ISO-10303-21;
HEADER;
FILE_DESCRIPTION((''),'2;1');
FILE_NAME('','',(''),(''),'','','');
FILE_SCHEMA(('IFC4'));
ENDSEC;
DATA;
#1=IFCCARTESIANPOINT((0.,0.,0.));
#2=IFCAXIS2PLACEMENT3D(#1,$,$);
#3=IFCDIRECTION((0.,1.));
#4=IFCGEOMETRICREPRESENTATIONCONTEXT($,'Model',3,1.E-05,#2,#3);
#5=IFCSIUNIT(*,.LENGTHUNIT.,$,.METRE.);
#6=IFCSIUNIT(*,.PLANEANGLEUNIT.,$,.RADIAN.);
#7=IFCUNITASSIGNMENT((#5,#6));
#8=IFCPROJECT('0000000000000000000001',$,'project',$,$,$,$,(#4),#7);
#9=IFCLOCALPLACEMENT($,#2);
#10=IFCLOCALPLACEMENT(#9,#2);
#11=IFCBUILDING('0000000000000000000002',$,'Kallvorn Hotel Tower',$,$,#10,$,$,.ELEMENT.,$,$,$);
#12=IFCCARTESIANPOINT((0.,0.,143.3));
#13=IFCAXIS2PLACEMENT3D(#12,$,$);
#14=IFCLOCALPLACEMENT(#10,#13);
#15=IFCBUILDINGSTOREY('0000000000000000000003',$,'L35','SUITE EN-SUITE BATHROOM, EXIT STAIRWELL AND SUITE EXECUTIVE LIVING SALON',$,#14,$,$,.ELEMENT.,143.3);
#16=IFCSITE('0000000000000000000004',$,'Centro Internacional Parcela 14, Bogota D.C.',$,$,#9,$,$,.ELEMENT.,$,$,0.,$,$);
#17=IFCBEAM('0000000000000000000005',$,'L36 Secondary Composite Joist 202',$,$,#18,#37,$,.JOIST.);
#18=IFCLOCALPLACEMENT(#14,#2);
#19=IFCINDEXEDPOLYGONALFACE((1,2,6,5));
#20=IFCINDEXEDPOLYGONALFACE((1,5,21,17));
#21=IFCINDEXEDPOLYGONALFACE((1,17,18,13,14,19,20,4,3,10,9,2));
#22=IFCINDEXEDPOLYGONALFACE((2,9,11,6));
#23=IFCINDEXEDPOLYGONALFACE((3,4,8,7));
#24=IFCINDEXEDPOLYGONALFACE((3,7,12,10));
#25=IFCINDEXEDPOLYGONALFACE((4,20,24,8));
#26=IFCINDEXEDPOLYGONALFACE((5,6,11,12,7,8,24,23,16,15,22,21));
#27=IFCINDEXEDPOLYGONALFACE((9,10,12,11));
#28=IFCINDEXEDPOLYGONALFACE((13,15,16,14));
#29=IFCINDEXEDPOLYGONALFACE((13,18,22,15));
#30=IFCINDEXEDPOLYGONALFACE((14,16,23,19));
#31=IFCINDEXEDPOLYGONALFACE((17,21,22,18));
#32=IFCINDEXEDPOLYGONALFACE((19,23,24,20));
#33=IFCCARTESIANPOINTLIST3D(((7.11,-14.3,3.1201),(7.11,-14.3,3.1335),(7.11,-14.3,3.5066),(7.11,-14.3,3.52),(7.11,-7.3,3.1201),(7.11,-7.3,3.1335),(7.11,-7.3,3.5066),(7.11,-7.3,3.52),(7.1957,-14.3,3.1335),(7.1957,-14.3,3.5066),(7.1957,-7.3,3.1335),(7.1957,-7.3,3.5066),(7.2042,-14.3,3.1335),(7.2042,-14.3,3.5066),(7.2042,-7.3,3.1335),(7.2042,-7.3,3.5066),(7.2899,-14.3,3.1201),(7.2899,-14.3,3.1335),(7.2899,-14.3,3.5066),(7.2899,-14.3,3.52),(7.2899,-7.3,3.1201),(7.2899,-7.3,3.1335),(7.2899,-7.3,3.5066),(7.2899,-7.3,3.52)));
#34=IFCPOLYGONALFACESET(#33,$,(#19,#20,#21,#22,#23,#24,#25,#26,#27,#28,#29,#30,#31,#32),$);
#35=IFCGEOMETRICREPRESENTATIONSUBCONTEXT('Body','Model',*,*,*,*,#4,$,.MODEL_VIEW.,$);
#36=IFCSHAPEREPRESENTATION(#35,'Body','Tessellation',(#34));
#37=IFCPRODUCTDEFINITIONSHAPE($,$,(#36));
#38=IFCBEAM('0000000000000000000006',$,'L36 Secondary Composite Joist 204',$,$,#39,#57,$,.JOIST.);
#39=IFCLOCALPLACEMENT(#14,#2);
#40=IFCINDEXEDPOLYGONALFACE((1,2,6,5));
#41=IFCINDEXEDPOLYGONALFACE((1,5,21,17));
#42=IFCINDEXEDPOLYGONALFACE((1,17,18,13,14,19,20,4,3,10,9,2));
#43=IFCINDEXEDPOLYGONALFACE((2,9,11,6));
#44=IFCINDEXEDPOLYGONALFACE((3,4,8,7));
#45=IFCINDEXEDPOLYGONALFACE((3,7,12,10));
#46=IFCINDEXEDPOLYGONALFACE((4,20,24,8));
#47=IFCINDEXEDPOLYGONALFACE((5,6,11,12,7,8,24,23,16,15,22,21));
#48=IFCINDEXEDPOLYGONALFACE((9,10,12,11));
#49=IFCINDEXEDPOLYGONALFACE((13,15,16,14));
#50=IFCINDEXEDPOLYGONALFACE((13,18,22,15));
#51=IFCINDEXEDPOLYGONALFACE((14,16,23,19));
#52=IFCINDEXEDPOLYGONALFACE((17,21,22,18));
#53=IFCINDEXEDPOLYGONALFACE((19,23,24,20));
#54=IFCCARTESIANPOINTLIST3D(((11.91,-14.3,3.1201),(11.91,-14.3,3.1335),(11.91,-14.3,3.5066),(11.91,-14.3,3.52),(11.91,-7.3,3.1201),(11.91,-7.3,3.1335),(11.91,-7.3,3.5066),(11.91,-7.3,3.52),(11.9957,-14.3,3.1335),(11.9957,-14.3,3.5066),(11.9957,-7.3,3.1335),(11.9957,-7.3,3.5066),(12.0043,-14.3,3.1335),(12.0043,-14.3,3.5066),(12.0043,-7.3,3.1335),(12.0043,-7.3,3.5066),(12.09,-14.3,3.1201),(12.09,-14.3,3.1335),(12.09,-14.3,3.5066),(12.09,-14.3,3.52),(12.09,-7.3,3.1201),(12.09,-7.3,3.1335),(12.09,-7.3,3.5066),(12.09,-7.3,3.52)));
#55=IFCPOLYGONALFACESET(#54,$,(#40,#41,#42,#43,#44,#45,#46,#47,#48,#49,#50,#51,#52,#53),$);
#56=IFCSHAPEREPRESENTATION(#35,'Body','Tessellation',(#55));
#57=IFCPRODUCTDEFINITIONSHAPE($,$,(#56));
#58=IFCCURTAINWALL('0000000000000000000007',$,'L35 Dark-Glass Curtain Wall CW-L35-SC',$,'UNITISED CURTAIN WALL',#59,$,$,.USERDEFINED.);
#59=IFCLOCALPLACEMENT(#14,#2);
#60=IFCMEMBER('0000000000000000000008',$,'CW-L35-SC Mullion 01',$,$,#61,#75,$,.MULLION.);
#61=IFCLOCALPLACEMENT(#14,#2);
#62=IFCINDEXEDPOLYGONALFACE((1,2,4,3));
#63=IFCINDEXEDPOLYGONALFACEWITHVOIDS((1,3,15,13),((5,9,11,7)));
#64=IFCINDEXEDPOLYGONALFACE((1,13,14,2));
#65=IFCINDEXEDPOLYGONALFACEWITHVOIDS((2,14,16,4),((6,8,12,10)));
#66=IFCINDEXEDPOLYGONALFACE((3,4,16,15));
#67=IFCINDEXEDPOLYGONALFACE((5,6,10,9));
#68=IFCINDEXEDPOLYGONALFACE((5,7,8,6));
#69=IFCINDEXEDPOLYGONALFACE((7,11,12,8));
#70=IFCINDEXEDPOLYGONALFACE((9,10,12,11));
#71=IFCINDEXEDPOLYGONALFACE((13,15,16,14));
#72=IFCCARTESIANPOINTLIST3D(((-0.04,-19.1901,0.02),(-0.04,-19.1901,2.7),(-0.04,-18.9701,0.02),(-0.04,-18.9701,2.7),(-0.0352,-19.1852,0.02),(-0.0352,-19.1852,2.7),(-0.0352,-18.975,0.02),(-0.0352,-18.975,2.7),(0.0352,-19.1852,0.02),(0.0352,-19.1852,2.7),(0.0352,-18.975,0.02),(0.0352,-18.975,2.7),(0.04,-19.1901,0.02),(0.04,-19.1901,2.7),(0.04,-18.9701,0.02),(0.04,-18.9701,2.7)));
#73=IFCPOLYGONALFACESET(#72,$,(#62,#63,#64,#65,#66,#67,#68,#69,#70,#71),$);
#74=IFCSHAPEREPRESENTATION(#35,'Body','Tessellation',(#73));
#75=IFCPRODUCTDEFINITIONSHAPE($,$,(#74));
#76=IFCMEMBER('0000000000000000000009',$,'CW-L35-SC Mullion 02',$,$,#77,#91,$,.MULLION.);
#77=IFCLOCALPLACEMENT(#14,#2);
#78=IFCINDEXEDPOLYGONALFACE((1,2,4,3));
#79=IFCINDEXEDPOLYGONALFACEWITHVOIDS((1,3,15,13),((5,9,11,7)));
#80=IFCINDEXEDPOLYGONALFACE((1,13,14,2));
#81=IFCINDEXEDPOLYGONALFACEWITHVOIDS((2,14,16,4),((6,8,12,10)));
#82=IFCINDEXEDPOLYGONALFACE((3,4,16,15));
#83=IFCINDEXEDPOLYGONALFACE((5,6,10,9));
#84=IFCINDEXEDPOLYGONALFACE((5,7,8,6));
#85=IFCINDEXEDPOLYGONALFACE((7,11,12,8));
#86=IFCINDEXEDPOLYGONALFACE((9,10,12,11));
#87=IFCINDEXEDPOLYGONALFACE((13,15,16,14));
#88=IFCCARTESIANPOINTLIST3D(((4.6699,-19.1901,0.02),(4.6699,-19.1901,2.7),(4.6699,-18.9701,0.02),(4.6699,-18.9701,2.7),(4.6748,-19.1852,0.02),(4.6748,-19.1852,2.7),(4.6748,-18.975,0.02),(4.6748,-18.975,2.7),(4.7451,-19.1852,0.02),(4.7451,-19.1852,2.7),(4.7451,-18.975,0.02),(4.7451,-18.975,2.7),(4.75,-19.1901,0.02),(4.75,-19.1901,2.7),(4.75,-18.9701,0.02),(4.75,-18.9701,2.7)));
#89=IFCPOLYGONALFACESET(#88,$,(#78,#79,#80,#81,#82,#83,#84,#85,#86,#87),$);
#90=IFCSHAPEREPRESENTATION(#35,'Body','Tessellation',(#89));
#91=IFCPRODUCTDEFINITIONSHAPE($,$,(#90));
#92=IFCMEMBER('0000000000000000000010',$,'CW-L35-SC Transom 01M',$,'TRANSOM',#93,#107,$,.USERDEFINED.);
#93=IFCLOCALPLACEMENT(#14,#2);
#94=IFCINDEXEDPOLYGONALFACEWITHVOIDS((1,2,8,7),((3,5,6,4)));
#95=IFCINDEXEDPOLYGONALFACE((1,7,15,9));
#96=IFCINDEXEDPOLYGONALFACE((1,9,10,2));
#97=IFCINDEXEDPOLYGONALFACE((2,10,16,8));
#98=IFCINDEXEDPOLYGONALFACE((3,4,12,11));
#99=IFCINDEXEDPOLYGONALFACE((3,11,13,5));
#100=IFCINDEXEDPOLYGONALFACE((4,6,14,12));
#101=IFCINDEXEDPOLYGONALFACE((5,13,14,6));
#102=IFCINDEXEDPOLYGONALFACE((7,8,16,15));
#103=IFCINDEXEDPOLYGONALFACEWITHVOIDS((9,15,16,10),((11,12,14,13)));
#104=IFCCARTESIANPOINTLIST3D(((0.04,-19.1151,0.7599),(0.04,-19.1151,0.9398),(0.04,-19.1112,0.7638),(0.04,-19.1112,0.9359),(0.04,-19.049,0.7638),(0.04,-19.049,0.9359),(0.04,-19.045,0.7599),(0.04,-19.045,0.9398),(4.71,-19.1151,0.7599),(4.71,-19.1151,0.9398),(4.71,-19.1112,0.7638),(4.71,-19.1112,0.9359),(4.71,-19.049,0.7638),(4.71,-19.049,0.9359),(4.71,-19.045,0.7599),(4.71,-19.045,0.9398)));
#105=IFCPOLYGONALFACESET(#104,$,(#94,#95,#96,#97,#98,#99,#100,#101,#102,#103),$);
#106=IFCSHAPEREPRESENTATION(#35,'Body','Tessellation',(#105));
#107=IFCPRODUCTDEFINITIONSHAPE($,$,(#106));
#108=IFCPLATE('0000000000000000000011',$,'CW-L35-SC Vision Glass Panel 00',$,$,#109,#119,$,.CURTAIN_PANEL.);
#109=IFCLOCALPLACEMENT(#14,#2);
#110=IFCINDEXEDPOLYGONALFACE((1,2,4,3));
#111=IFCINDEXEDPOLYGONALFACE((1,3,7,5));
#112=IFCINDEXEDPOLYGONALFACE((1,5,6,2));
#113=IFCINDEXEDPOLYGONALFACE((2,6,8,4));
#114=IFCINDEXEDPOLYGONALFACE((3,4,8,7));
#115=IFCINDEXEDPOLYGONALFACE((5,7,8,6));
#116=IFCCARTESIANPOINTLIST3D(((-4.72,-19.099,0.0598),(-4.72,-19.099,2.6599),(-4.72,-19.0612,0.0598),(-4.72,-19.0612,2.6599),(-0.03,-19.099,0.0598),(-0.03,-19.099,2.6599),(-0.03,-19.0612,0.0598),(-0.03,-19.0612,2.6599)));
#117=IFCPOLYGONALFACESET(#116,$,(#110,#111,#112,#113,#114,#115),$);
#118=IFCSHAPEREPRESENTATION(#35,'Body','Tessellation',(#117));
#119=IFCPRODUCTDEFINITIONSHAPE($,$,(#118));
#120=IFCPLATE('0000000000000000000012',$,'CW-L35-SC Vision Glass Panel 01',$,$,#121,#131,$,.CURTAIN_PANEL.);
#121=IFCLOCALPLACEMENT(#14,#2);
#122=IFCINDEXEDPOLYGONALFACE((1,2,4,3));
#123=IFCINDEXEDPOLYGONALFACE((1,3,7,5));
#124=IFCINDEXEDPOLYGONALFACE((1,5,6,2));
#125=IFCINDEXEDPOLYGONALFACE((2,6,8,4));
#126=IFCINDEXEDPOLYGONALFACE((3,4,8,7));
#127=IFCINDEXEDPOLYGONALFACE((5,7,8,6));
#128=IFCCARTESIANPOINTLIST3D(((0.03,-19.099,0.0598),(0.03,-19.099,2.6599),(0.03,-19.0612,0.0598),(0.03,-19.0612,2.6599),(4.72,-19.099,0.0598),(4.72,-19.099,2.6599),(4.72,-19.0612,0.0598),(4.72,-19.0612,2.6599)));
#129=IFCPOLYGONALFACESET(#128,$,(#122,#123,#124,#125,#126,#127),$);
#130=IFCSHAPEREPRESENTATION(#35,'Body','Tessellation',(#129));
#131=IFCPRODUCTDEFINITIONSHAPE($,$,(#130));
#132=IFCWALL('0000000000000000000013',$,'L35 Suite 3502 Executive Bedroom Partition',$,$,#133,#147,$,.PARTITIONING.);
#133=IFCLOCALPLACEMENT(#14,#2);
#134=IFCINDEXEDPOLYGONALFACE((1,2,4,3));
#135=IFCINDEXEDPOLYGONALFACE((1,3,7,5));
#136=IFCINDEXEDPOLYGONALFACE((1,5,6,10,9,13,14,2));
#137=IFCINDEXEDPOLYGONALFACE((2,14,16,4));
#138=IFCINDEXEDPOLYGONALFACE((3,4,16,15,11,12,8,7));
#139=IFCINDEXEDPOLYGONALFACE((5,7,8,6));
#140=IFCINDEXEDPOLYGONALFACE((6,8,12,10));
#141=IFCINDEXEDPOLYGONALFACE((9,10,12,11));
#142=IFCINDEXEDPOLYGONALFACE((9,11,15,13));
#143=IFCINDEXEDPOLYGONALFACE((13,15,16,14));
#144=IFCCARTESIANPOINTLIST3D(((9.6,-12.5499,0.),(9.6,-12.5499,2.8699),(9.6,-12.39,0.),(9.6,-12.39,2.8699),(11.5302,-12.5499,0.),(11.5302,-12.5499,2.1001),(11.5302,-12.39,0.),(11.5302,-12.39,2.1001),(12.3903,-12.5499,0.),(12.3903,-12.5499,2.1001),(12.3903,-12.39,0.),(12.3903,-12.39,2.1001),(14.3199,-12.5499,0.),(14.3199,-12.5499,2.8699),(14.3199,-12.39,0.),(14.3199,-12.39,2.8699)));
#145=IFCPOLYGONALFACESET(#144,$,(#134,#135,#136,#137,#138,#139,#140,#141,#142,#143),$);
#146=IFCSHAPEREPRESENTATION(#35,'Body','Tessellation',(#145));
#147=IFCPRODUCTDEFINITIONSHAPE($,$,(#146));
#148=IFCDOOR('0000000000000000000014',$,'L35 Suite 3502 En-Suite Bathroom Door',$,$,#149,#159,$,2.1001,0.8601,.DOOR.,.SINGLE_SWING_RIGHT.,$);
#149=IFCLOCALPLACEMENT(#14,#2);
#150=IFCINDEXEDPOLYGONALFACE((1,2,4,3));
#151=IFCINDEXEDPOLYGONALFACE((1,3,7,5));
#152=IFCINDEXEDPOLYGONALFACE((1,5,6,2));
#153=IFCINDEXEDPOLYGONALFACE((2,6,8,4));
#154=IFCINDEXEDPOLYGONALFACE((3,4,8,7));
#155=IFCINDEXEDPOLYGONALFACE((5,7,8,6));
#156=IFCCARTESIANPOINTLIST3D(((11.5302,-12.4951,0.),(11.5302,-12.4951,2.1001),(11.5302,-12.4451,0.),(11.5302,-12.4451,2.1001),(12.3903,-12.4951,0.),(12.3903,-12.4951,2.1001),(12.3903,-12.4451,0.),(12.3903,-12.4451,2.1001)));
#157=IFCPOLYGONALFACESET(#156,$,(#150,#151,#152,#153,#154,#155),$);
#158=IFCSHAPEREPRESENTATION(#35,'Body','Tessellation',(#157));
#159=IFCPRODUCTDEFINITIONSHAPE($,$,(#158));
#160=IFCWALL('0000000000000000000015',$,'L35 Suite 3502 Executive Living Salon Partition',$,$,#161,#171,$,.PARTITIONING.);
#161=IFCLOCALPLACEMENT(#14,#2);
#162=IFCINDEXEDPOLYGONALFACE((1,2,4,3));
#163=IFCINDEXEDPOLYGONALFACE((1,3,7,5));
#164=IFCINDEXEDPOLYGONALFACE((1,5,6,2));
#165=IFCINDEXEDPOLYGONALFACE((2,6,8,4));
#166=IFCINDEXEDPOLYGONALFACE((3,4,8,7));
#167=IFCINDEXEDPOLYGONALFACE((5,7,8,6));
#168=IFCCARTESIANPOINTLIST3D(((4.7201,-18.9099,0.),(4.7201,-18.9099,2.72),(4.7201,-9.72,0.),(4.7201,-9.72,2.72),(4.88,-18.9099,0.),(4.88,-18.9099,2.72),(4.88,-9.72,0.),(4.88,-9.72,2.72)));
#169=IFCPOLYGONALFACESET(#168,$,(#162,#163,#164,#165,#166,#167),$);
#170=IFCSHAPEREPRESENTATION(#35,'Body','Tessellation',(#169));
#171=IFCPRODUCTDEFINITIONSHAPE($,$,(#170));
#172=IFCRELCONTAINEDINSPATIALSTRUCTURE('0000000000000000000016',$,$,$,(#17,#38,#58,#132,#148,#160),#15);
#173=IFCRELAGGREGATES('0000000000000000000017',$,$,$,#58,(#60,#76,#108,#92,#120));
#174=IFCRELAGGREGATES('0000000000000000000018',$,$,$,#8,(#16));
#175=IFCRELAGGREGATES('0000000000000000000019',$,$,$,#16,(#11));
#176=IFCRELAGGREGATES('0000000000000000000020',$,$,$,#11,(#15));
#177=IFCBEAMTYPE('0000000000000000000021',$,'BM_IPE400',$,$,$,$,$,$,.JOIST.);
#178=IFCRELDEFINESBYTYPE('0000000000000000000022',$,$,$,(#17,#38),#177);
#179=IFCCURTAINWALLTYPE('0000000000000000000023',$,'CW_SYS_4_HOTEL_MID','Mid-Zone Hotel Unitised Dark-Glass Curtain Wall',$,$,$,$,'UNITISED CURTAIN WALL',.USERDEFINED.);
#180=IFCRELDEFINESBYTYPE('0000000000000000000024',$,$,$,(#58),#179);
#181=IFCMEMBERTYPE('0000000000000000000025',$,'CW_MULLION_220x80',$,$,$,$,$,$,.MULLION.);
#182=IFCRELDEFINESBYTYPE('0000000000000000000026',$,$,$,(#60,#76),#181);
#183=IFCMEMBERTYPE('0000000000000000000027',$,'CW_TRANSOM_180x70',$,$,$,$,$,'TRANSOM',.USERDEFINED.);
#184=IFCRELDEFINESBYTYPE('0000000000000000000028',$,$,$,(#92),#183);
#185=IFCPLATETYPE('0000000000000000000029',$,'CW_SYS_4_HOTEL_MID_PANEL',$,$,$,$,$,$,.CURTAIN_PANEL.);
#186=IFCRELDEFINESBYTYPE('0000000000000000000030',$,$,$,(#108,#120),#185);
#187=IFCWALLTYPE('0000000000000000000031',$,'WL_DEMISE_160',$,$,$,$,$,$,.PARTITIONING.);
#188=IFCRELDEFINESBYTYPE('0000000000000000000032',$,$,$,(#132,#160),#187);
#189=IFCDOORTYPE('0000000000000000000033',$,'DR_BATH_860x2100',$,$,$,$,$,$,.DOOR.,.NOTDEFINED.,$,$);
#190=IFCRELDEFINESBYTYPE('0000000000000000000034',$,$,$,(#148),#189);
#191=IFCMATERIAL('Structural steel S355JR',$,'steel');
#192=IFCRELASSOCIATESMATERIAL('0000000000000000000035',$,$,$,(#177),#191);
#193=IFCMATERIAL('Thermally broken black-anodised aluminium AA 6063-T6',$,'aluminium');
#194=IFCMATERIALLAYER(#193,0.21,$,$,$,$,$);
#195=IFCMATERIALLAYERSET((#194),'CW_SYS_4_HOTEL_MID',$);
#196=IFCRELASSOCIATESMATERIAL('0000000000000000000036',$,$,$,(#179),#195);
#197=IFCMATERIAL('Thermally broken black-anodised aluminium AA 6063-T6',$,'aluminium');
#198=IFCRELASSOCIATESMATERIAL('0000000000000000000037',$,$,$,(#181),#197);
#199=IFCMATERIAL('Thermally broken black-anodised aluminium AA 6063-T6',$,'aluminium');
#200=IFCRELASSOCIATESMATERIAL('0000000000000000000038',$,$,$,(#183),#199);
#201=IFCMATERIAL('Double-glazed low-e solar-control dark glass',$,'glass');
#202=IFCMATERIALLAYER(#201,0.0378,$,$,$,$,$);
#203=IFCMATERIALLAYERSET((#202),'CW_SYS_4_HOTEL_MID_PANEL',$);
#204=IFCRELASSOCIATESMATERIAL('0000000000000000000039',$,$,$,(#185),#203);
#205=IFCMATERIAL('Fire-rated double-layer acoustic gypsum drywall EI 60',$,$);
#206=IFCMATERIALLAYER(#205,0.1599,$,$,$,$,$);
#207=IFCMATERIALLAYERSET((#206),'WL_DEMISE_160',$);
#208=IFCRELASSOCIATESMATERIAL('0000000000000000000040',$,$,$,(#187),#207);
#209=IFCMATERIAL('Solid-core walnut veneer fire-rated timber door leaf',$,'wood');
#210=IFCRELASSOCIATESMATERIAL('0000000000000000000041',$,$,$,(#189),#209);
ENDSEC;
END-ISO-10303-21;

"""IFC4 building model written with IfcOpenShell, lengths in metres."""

from ifc_helpers import new_model, si_unit, direction, frame, frame_2d, origin, origin_2d, place, context, subcontext, project, spatial, rectangle, hollow_rectangle, i_section, extrude, material, layer, layer_set, material_profile, profile_set, type_object, element, fill, aggregate, save


model = new_model("IFC4")

# Units and contexts
model_context = context("Model", 3, precision=1e-05, world=origin(), true_north=direction((0.0, 1.0)))
body_context = subcontext(model_context, "Body", "Model", "MODEL_VIEW")
ifc_project = project(units=[si_unit("LENGTHUNIT", "METRE"), si_unit("PLANEANGLEUNIT", "RADIAN")], contexts=[model_context])

# Site, building, storey
site_placement = place(None, origin())
site = spatial("IfcSite", under=ifc_project, at=site_placement, Name="Centro Internacional Parcela 14, Bogota D.C.", CompositionType="ELEMENT", RefElevation=0.0)
building_placement = place(site_placement, origin())
building = spatial("IfcBuilding", under=site, at=building_placement, Name="Kallvorn Hotel Tower", CompositionType="ELEMENT")
storey_placement = place(building_placement, frame((0.0, 0.0, 143.3)))
storey = spatial("IfcBuildingStorey", under=building, at=storey_placement, Name="L35", Description="SUITE EN-SUITE BATHROOM, EXIT STAIRWELL AND SUITE EXECUTIVE LIVING SALON", CompositionType="ELEMENT", Elevation=143.3)

# Beams
ifc_material_1 = material(Name="Structural steel S355JR", Category="steel")
ifc_material_profile_1 = material_profile(ifc_material_1, i_section(OverallWidth=0.1799, OverallDepth=0.3999, WebThickness=0.0085, FlangeThickness=0.0134, at=origin_2d()), Name="IPE 400")
ifc_profile_set_1 = profile_set([ifc_material_profile_1], Name="Structural steel S355JR")
beam_type_1 = type_object("IfcBeamType", Name="BM_IPE400", PredefinedType="JOIST", material=ifc_profile_set_1)
for number, where, z_axis, x_axis, name in (
    (1, (7.2, -14.3, 3.3201), (0.0, 1.0, 0.0), (-1.0, 0.0, 0.0), "L36 Secondary Composite Joist 202"),
    (2, (12.0, -14.3, 3.3201), (0.0, 1.0, 0.0), (-1.0, 0.0, 0.0), "L36 Secondary Composite Joist 204"),
):
    element("IfcBeam", number, at=place(storey_placement, frame(where, z_axis=z_axis, x_axis=x_axis)), inside=storey, type_object=beam_type_1, Name=name, PredefinedType="JOIST", context=body_context, shape_type="SweptSolid", body=[
        extrude(i_section(OverallWidth=0.1799, OverallDepth=0.3999, WebThickness=0.0085, FlangeThickness=0.0134, at=origin_2d()), origin(), (0.0, 0.0, 1.0), 7.0),
    ])

# Curtain wall, members, plates
ifc_material_2 = material(Name="Thermally broken black-anodised aluminium AA 6063-T6", Category="aluminium")
ifc_layer_1 = layer(ifc_material_2, 0.21)
ifc_layer_set_1 = layer_set([ifc_layer_1], Name="CW_SYS_4_HOTEL_MID")
curtain_wall_type = type_object("IfcCurtainWallType", Name="CW_SYS_4_HOTEL_MID", Description="Mid-Zone Hotel Unitised Dark-Glass Curtain Wall", ElementType="UNITISED CURTAIN WALL", PredefinedType="USERDEFINED", material=ifc_layer_set_1)
curtain_wall_placement = place(storey_placement, origin())
curtain_wall = element("IfcCurtainWall", 3, at=curtain_wall_placement, inside=storey, type_object=curtain_wall_type, Name="L35 Dark-Glass Curtain Wall CW-L35-SC", ObjectType="UNITISED CURTAIN WALL", PredefinedType="USERDEFINED")
ifc_material_3 = material(Name="Thermally broken black-anodised aluminium AA 6063-T6", Category="aluminium")
ifc_material_profile_2 = material_profile(ifc_material_3, hollow_rectangle(XDim=0.0801, YDim=0.22, WallThickness=0.0049, at=origin_2d()), Name="MUL 220x80")
ifc_profile_set_2 = profile_set([ifc_material_profile_2], Name="Thermally broken black-anodised aluminium AA 6063-T6")
member_type_1 = type_object("IfcMemberType", Name="CW_MULLION_220x80", PredefinedType="MULLION", material=ifc_profile_set_2)
member_1_placement = place(storey_placement, frame((0.0, -19.0801, 0.02), z_axis=(0.0, 0.0, 1.0), x_axis=(1.0, 0.0, 0.0)))
member_1 = element("IfcMember", 4, at=member_1_placement, type_object=member_type_1, Name="CW-L35-SC Mullion 01", PredefinedType="MULLION", context=body_context, shape_type="SweptSolid", body=[
    extrude(hollow_rectangle(XDim=0.0801, YDim=0.22, WallThickness=0.0049, at=origin_2d()), origin(), (0.0, 0.0, 1.0), 2.6799),
])
member_2_placement = place(storey_placement, frame((4.71, -19.0801, 0.02), z_axis=(0.0, 0.0, 1.0), x_axis=(1.0, 0.0, 0.0)))
member_2 = element("IfcMember", 5, at=member_2_placement, type_object=member_type_1, Name="CW-L35-SC Mullion 02", PredefinedType="MULLION", context=body_context, shape_type="SweptSolid", body=[
    extrude(hollow_rectangle(XDim=0.0801, YDim=0.22, WallThickness=0.0049, at=origin_2d()), origin(), (0.0, 0.0, 1.0), 2.6799),
])
ifc_material_4 = material(Name="Thermally broken black-anodised aluminium AA 6063-T6", Category="aluminium")
ifc_material_profile_3 = material_profile(ifc_material_4, hollow_rectangle(XDim=0.0701, YDim=0.1799, WallThickness=0.0039, at=origin_2d()), Name="TRN 180x70")
ifc_profile_set_3 = profile_set([ifc_material_profile_3], Name="Thermally broken black-anodised aluminium AA 6063-T6")
member_type_2 = type_object("IfcMemberType", Name="CW_TRANSOM_180x70", ElementType="TRANSOM", PredefinedType="USERDEFINED", material=ifc_profile_set_3)
member_3_placement = place(storey_placement, frame((0.04, -19.0801, 0.8499), z_axis=(1.0, 0.0, 0.0), x_axis=(0.0, 1.0, 0.0)))
member_3 = element("IfcMember", 6, at=member_3_placement, type_object=member_type_2, Name="CW-L35-SC Transom 01M", ObjectType="TRANSOM", PredefinedType="USERDEFINED", context=body_context, shape_type="SweptSolid", body=[
    extrude(hollow_rectangle(XDim=0.0701, YDim=0.1799, WallThickness=0.0039, at=origin_2d()), origin(), (0.0, 0.0, 1.0), 4.6699),
])
ifc_material_5 = material(Name="Double-glazed low-e solar-control dark glass", Category="glass")
ifc_layer_2 = layer(ifc_material_5, 0.0378)
ifc_layer_set_2 = layer_set([ifc_layer_2], Name="CW_SYS_4_HOTEL_MID_PANEL")
plate_type = type_object("IfcPlateType", Name="CW_SYS_4_HOTEL_MID_PANEL", PredefinedType="CURTAIN_PANEL", material=ifc_layer_set_2)
plate_1_placement = place(storey_placement, frame((-2.375, -19.0801, 0.0598), z_axis=(0.0, 0.0, 1.0), x_axis=(1.0, 0.0, 0.0)))
plate_1 = element("IfcPlate", 7, at=plate_1_placement, type_object=plate_type, Name="CW-L35-SC Vision Glass Panel 00", PredefinedType="CURTAIN_PANEL", context=body_context, shape_type="SweptSolid", body=[
    extrude(rectangle(XDim=4.6899, YDim=0.0378, at=origin_2d()), origin(), (0.0, 0.0, 1.0), 2.6001),
])
plate_2_placement = place(storey_placement, frame((2.375, -19.0801, 0.0598), z_axis=(0.0, 0.0, 1.0), x_axis=(1.0, 0.0, 0.0)))
plate_2 = element("IfcPlate", 8, at=plate_2_placement, type_object=plate_type, Name="CW-L35-SC Vision Glass Panel 01", PredefinedType="CURTAIN_PANEL", context=body_context, shape_type="SweptSolid", body=[
    extrude(rectangle(XDim=4.6899, YDim=0.0378, at=origin_2d()), origin(), (0.0, 0.0, 1.0), 2.6001),
])
aggregate(curtain_wall, [member_1, member_2, plate_1, member_3, plate_2])

# Wall, opening, door
ifc_material_6 = material(Name="Fire-rated double-layer acoustic gypsum drywall EI 60")
ifc_layer_3 = layer(ifc_material_6, 0.1599)
ifc_layer_set_3 = layer_set([ifc_layer_3], Name="WL_DEMISE_160")
wall_type_1 = type_object("IfcWallType", Name="WL_DEMISE_160", PredefinedType="PARTITIONING", material=ifc_layer_set_3)
wall_1_placement = place(storey_placement, frame((9.6001, -12.47, 0.0), z_axis=(0.0, 0.0, 1.0), x_axis=(1.0, 0.0, 0.0)))
wall_1 = element("IfcWall", 9, at=wall_1_placement, inside=storey, type_object=wall_type_1, Name="L35 Suite 3502 Executive Bedroom Partition", PredefinedType="PARTITIONING", context=body_context, shape_type="SweptSolid", body=[
    extrude(rectangle(XDim=4.72, YDim=0.1599, at=frame_2d((2.3599, 0.0))), origin(), (0.0, 0.0, 1.0), 2.8699),
])
opening_1_placement = place(wall_1_placement, frame((1.9299, 0.0, 0.0)))
opening_1 = element("IfcOpeningElement", 10, at=opening_1_placement, cuts=wall_1, PredefinedType="OPENING", context=body_context, shape_type="SweptSolid", body=[
    extrude(rectangle(XDim=0.8601, YDim=2.1001, at=frame_2d((0.4302, 1.05))), frame((0.0, 0.095, 0.0), z_axis=(0.0, -1.0, 0.0), x_axis=(1.0, 0.0, 0.0)), (0.0, 0.0, 1.0), 0.1899),
])
ifc_material_7 = material(Name="Solid-core walnut veneer fire-rated timber door leaf", Category="wood")
door_type_1 = type_object("IfcDoorType", Name="DR_BATH_860x2100", OperationType="NOTDEFINED", PredefinedType="DOOR", material=ifc_material_7)
door_1_placement = place(opening_1_placement, origin())
door_1 = element("IfcDoor", 11, at=door_1_placement, inside=storey, type_object=door_type_1, Name="L35 Suite 3502 En-Suite Bathroom Door", OperationType="SINGLE_SWING_RIGHT", OverallHeight=2.1001, OverallWidth=0.8601, PredefinedType="DOOR", context=body_context, shape_type="SweptSolid", body=[
    extrude(rectangle(XDim=0.8601, YDim=2.1001, at=frame_2d((0.4302, 1.05))), frame((0.0, 0.0249, 0.0), z_axis=(0.0, -1.0, 0.0), x_axis=(1.0, 0.0, 0.0)), (0.0, 0.0, 1.0), 0.05),
])
fill(opening_1, door_1)

# Wall
wall_2_placement = place(storey_placement, frame((4.8, -18.9099, 0.0), z_axis=(0.0, 0.0, 1.0), x_axis=(0.0, 1.0, 0.0)))
element("IfcWall", 12, at=wall_2_placement, inside=storey, type_object=wall_type_1, Name="L35 Suite 3502 Executive Living Salon Partition", PredefinedType="PARTITIONING", context=body_context, shape_type="SweptSolid", body=[
    extrude(rectangle(XDim=9.1899, YDim=0.1599, at=frame_2d((4.595, 0.0))), origin(), (0.0, 0.0, 1.0), 2.72),
])

save(model, "model.ifc")
